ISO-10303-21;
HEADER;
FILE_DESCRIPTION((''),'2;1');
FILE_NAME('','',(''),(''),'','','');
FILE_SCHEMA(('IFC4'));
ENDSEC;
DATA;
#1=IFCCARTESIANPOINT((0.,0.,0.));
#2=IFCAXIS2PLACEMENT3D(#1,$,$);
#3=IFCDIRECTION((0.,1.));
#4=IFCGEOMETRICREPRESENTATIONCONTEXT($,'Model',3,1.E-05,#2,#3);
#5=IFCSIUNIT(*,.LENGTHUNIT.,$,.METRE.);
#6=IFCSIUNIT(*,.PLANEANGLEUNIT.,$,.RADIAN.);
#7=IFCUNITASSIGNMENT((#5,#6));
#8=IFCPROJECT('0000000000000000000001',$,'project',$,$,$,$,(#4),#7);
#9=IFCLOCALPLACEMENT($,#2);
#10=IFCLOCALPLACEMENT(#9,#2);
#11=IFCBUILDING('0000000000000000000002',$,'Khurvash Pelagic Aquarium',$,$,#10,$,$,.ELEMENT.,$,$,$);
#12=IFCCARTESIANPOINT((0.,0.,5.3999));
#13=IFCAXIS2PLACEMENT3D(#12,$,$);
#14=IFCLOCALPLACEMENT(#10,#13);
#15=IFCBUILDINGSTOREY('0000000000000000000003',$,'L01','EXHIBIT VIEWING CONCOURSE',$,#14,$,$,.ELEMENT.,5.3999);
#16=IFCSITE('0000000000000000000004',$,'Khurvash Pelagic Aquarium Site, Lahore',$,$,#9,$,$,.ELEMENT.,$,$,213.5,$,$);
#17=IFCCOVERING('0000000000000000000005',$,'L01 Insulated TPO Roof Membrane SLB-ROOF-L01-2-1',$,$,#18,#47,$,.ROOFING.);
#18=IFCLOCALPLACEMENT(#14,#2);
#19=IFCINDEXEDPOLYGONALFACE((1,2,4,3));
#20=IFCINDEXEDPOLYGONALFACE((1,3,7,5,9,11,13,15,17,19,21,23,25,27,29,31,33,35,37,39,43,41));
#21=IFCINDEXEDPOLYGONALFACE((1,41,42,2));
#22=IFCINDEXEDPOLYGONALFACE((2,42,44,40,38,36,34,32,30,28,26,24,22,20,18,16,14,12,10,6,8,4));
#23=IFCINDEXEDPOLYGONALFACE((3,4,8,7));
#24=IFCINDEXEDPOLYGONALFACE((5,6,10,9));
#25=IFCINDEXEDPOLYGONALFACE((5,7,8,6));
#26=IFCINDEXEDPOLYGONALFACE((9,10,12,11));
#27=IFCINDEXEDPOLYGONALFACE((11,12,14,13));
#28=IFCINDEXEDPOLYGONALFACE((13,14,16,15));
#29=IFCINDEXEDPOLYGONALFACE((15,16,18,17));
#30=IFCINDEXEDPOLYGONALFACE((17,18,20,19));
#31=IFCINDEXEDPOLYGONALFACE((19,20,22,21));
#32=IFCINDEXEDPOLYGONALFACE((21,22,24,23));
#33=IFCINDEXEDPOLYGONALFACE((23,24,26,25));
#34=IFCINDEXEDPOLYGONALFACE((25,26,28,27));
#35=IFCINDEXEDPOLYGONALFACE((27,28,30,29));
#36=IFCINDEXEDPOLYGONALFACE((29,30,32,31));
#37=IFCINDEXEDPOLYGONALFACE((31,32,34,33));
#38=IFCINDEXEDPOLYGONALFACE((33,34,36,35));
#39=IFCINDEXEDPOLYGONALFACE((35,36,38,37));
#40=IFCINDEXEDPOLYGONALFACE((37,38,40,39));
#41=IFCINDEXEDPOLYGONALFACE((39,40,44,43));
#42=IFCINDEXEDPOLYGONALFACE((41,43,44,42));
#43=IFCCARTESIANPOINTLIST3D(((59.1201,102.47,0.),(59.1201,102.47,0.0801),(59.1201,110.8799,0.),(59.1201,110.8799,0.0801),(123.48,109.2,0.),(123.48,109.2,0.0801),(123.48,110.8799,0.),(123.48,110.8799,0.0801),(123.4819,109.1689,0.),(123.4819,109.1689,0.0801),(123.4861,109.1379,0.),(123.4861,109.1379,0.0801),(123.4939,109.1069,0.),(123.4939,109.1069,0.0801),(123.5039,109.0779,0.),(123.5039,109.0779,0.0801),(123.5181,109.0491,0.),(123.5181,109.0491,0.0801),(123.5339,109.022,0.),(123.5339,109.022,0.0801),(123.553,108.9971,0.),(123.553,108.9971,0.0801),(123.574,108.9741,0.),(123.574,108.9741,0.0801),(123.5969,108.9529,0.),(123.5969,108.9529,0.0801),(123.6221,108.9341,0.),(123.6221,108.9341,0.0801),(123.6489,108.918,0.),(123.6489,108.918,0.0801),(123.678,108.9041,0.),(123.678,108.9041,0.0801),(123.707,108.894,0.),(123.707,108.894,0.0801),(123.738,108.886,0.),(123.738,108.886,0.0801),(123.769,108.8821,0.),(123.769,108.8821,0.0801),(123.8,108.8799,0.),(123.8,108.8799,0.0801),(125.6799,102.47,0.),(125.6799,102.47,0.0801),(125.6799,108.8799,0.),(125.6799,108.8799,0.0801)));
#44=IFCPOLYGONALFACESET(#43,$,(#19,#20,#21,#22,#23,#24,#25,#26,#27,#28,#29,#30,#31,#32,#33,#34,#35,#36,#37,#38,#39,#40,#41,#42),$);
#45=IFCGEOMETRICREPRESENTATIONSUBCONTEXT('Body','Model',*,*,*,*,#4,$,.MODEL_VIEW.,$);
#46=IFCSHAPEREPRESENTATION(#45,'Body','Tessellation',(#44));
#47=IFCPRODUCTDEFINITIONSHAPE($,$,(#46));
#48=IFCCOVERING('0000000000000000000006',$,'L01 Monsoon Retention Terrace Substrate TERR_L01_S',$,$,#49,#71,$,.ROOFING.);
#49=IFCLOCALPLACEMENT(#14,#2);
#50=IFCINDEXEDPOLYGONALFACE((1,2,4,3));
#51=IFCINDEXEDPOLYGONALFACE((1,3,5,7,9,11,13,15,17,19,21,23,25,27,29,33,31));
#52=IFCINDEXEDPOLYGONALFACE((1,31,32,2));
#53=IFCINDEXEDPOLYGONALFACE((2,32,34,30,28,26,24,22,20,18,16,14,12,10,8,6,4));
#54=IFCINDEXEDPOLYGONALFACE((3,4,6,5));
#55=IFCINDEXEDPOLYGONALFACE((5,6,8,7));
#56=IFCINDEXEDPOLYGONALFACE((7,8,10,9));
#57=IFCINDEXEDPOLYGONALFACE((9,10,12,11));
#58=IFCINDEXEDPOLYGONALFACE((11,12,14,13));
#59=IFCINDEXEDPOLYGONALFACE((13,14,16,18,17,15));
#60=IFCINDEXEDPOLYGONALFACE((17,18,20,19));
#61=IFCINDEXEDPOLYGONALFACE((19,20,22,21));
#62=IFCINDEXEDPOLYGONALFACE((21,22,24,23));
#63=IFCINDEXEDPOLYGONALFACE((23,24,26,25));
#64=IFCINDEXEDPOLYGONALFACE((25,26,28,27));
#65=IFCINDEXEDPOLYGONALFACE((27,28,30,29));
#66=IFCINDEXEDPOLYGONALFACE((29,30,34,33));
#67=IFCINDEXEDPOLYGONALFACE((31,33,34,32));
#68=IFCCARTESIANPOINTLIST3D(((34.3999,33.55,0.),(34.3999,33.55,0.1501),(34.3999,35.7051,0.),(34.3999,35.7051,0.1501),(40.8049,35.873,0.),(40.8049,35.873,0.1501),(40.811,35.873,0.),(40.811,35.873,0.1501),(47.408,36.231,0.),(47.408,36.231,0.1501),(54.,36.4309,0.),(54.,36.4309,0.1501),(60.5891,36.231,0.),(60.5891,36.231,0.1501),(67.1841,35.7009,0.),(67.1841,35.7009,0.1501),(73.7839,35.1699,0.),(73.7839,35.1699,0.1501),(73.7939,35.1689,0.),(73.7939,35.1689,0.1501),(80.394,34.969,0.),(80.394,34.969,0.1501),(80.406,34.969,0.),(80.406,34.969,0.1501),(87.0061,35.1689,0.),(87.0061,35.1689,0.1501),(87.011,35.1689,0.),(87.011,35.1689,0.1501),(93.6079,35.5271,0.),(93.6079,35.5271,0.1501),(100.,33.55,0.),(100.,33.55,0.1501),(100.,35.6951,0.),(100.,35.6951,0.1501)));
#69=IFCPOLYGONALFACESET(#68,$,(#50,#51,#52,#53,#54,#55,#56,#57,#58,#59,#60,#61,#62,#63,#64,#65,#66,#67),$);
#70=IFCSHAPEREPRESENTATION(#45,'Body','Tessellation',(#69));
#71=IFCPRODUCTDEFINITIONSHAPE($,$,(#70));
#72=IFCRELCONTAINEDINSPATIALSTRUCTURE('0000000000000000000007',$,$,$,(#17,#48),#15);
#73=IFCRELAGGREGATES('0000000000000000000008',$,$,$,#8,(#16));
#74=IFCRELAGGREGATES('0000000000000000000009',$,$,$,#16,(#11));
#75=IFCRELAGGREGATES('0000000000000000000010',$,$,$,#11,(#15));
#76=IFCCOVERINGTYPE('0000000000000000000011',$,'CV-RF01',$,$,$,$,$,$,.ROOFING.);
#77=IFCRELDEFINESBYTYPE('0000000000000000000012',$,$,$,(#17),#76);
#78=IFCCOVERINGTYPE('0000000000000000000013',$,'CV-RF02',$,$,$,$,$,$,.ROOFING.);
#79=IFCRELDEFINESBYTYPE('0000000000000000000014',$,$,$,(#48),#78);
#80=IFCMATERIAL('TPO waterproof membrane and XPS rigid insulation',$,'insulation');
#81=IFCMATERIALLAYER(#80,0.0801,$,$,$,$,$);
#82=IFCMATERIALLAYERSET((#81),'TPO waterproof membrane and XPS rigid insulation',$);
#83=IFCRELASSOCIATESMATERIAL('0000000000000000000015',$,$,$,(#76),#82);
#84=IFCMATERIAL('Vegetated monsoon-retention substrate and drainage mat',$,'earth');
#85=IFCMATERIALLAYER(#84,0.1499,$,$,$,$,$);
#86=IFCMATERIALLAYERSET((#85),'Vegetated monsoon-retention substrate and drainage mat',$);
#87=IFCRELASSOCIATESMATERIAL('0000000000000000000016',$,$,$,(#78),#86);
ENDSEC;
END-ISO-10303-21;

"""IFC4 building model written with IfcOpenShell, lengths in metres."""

from ifc_helpers import new_model, si_unit, direction, frame, origin, place, context, subcontext, project, spatial, polyline, outline, extrude, material, layer, layer_set, type_object, element, save


model = new_model("IFC4")

# Units and contexts
model_context = context("Model", 3, precision=1e-05, world=origin(), true_north=direction((0.0, 1.0)))
body_context = subcontext(model_context, "Body", "Model", "MODEL_VIEW")
ifc_project = project(units=[si_unit("LENGTHUNIT", "METRE"), si_unit("PLANEANGLEUNIT", "RADIAN")], contexts=[model_context])

# Site, building, storey
site_placement = place(None, origin())
site = spatial("IfcSite", under=ifc_project, at=site_placement, Name="Khurvash Pelagic Aquarium Site, Lahore", CompositionType="ELEMENT", RefElevation=213.5)
building_placement = place(site_placement, origin())
building = spatial("IfcBuilding", under=site, at=building_placement, Name="Khurvash Pelagic Aquarium", CompositionType="ELEMENT")
storey_placement = place(building_placement, frame((0.0, 0.0, 5.3999)))
storey = spatial("IfcBuildingStorey", under=building, at=storey_placement, Name="L01", Description="EXHIBIT VIEWING CONCOURSE", CompositionType="ELEMENT", Elevation=5.3999)

# Coverings
ifc_material_1 = material(Name="TPO waterproof membrane and XPS rigid insulation", Category="insulation")
ifc_layer_1 = layer(ifc_material_1, 0.0801)
ifc_layer_set_1 = layer_set([ifc_layer_1], Name="TPO waterproof membrane and XPS rigid insulation")
covering_type_1 = type_object("IfcCoveringType", Name="CV-RF01", PredefinedType="ROOFING", material=ifc_layer_set_1)
covering_1_placement = place(storey_placement, origin())
element("IfcCovering", 1, at=covering_1_placement, inside=storey, type_object=covering_type_1, Name="L01 Insulated TPO Roof Membrane SLB-ROOF-L01-2-1", PredefinedType="ROOFING", context=body_context, shape_type="SweptSolid", body=[
    extrude(outline(polyline([(125.6799, 102.47), (59.1201, 102.47), (59.1201, 110.8799), (123.48, 110.8799), (123.48, 109.2), (123.4819, 109.1689), (123.4861, 109.1379), (123.4939, 109.1069), (123.5039, 109.0779), (123.5181, 109.0491), (123.5339, 109.022), (123.553, 108.9971), (123.574, 108.9741), (123.5969, 108.9529), (123.6221, 108.9341), (123.6489, 108.918), (123.678, 108.9041), (123.707, 108.894), (123.738, 108.886), (123.769, 108.8821), (123.8, 108.8799), (125.6799, 108.8799), (125.6799, 102.47)])), origin(), (0.0, 0.0, 1.0), 0.0801),
])
ifc_material_2 = material(Name="Vegetated monsoon-retention substrate and drainage mat", Category="earth")
ifc_layer_2 = layer(ifc_material_2, 0.1499)
ifc_layer_set_2 = layer_set([ifc_layer_2], Name="Vegetated monsoon-retention substrate and drainage mat")
covering_type_2 = type_object("IfcCoveringType", Name="CV-RF02", PredefinedType="ROOFING", material=ifc_layer_set_2)
covering_2_placement = place(storey_placement, origin())
element("IfcCovering", 2, at=covering_2_placement, inside=storey, type_object=covering_type_2, Name="L01 Monsoon Retention Terrace Substrate TERR_L01_S", PredefinedType="ROOFING", context=body_context, shape_type="SweptSolid", body=[
    extrude(outline(polyline([(34.3999, 33.55), (34.3999, 35.7051), (40.8049, 35.873), (40.811, 35.873), (47.408, 36.231), (54.0, 36.4309), (60.5891, 36.231), (67.1841, 35.7009), (73.7839, 35.1699), (73.7939, 35.1689), (80.394, 34.969), (80.406, 34.969), (87.0061, 35.1689), (87.011, 35.1689), (93.6079, 35.5271), (100.0, 35.6951), (100.0, 33.55), (34.3999, 33.55)])), origin(), (0.0, 0.0, 1.0), 0.1501),
])

save(model, "model.ifc")
